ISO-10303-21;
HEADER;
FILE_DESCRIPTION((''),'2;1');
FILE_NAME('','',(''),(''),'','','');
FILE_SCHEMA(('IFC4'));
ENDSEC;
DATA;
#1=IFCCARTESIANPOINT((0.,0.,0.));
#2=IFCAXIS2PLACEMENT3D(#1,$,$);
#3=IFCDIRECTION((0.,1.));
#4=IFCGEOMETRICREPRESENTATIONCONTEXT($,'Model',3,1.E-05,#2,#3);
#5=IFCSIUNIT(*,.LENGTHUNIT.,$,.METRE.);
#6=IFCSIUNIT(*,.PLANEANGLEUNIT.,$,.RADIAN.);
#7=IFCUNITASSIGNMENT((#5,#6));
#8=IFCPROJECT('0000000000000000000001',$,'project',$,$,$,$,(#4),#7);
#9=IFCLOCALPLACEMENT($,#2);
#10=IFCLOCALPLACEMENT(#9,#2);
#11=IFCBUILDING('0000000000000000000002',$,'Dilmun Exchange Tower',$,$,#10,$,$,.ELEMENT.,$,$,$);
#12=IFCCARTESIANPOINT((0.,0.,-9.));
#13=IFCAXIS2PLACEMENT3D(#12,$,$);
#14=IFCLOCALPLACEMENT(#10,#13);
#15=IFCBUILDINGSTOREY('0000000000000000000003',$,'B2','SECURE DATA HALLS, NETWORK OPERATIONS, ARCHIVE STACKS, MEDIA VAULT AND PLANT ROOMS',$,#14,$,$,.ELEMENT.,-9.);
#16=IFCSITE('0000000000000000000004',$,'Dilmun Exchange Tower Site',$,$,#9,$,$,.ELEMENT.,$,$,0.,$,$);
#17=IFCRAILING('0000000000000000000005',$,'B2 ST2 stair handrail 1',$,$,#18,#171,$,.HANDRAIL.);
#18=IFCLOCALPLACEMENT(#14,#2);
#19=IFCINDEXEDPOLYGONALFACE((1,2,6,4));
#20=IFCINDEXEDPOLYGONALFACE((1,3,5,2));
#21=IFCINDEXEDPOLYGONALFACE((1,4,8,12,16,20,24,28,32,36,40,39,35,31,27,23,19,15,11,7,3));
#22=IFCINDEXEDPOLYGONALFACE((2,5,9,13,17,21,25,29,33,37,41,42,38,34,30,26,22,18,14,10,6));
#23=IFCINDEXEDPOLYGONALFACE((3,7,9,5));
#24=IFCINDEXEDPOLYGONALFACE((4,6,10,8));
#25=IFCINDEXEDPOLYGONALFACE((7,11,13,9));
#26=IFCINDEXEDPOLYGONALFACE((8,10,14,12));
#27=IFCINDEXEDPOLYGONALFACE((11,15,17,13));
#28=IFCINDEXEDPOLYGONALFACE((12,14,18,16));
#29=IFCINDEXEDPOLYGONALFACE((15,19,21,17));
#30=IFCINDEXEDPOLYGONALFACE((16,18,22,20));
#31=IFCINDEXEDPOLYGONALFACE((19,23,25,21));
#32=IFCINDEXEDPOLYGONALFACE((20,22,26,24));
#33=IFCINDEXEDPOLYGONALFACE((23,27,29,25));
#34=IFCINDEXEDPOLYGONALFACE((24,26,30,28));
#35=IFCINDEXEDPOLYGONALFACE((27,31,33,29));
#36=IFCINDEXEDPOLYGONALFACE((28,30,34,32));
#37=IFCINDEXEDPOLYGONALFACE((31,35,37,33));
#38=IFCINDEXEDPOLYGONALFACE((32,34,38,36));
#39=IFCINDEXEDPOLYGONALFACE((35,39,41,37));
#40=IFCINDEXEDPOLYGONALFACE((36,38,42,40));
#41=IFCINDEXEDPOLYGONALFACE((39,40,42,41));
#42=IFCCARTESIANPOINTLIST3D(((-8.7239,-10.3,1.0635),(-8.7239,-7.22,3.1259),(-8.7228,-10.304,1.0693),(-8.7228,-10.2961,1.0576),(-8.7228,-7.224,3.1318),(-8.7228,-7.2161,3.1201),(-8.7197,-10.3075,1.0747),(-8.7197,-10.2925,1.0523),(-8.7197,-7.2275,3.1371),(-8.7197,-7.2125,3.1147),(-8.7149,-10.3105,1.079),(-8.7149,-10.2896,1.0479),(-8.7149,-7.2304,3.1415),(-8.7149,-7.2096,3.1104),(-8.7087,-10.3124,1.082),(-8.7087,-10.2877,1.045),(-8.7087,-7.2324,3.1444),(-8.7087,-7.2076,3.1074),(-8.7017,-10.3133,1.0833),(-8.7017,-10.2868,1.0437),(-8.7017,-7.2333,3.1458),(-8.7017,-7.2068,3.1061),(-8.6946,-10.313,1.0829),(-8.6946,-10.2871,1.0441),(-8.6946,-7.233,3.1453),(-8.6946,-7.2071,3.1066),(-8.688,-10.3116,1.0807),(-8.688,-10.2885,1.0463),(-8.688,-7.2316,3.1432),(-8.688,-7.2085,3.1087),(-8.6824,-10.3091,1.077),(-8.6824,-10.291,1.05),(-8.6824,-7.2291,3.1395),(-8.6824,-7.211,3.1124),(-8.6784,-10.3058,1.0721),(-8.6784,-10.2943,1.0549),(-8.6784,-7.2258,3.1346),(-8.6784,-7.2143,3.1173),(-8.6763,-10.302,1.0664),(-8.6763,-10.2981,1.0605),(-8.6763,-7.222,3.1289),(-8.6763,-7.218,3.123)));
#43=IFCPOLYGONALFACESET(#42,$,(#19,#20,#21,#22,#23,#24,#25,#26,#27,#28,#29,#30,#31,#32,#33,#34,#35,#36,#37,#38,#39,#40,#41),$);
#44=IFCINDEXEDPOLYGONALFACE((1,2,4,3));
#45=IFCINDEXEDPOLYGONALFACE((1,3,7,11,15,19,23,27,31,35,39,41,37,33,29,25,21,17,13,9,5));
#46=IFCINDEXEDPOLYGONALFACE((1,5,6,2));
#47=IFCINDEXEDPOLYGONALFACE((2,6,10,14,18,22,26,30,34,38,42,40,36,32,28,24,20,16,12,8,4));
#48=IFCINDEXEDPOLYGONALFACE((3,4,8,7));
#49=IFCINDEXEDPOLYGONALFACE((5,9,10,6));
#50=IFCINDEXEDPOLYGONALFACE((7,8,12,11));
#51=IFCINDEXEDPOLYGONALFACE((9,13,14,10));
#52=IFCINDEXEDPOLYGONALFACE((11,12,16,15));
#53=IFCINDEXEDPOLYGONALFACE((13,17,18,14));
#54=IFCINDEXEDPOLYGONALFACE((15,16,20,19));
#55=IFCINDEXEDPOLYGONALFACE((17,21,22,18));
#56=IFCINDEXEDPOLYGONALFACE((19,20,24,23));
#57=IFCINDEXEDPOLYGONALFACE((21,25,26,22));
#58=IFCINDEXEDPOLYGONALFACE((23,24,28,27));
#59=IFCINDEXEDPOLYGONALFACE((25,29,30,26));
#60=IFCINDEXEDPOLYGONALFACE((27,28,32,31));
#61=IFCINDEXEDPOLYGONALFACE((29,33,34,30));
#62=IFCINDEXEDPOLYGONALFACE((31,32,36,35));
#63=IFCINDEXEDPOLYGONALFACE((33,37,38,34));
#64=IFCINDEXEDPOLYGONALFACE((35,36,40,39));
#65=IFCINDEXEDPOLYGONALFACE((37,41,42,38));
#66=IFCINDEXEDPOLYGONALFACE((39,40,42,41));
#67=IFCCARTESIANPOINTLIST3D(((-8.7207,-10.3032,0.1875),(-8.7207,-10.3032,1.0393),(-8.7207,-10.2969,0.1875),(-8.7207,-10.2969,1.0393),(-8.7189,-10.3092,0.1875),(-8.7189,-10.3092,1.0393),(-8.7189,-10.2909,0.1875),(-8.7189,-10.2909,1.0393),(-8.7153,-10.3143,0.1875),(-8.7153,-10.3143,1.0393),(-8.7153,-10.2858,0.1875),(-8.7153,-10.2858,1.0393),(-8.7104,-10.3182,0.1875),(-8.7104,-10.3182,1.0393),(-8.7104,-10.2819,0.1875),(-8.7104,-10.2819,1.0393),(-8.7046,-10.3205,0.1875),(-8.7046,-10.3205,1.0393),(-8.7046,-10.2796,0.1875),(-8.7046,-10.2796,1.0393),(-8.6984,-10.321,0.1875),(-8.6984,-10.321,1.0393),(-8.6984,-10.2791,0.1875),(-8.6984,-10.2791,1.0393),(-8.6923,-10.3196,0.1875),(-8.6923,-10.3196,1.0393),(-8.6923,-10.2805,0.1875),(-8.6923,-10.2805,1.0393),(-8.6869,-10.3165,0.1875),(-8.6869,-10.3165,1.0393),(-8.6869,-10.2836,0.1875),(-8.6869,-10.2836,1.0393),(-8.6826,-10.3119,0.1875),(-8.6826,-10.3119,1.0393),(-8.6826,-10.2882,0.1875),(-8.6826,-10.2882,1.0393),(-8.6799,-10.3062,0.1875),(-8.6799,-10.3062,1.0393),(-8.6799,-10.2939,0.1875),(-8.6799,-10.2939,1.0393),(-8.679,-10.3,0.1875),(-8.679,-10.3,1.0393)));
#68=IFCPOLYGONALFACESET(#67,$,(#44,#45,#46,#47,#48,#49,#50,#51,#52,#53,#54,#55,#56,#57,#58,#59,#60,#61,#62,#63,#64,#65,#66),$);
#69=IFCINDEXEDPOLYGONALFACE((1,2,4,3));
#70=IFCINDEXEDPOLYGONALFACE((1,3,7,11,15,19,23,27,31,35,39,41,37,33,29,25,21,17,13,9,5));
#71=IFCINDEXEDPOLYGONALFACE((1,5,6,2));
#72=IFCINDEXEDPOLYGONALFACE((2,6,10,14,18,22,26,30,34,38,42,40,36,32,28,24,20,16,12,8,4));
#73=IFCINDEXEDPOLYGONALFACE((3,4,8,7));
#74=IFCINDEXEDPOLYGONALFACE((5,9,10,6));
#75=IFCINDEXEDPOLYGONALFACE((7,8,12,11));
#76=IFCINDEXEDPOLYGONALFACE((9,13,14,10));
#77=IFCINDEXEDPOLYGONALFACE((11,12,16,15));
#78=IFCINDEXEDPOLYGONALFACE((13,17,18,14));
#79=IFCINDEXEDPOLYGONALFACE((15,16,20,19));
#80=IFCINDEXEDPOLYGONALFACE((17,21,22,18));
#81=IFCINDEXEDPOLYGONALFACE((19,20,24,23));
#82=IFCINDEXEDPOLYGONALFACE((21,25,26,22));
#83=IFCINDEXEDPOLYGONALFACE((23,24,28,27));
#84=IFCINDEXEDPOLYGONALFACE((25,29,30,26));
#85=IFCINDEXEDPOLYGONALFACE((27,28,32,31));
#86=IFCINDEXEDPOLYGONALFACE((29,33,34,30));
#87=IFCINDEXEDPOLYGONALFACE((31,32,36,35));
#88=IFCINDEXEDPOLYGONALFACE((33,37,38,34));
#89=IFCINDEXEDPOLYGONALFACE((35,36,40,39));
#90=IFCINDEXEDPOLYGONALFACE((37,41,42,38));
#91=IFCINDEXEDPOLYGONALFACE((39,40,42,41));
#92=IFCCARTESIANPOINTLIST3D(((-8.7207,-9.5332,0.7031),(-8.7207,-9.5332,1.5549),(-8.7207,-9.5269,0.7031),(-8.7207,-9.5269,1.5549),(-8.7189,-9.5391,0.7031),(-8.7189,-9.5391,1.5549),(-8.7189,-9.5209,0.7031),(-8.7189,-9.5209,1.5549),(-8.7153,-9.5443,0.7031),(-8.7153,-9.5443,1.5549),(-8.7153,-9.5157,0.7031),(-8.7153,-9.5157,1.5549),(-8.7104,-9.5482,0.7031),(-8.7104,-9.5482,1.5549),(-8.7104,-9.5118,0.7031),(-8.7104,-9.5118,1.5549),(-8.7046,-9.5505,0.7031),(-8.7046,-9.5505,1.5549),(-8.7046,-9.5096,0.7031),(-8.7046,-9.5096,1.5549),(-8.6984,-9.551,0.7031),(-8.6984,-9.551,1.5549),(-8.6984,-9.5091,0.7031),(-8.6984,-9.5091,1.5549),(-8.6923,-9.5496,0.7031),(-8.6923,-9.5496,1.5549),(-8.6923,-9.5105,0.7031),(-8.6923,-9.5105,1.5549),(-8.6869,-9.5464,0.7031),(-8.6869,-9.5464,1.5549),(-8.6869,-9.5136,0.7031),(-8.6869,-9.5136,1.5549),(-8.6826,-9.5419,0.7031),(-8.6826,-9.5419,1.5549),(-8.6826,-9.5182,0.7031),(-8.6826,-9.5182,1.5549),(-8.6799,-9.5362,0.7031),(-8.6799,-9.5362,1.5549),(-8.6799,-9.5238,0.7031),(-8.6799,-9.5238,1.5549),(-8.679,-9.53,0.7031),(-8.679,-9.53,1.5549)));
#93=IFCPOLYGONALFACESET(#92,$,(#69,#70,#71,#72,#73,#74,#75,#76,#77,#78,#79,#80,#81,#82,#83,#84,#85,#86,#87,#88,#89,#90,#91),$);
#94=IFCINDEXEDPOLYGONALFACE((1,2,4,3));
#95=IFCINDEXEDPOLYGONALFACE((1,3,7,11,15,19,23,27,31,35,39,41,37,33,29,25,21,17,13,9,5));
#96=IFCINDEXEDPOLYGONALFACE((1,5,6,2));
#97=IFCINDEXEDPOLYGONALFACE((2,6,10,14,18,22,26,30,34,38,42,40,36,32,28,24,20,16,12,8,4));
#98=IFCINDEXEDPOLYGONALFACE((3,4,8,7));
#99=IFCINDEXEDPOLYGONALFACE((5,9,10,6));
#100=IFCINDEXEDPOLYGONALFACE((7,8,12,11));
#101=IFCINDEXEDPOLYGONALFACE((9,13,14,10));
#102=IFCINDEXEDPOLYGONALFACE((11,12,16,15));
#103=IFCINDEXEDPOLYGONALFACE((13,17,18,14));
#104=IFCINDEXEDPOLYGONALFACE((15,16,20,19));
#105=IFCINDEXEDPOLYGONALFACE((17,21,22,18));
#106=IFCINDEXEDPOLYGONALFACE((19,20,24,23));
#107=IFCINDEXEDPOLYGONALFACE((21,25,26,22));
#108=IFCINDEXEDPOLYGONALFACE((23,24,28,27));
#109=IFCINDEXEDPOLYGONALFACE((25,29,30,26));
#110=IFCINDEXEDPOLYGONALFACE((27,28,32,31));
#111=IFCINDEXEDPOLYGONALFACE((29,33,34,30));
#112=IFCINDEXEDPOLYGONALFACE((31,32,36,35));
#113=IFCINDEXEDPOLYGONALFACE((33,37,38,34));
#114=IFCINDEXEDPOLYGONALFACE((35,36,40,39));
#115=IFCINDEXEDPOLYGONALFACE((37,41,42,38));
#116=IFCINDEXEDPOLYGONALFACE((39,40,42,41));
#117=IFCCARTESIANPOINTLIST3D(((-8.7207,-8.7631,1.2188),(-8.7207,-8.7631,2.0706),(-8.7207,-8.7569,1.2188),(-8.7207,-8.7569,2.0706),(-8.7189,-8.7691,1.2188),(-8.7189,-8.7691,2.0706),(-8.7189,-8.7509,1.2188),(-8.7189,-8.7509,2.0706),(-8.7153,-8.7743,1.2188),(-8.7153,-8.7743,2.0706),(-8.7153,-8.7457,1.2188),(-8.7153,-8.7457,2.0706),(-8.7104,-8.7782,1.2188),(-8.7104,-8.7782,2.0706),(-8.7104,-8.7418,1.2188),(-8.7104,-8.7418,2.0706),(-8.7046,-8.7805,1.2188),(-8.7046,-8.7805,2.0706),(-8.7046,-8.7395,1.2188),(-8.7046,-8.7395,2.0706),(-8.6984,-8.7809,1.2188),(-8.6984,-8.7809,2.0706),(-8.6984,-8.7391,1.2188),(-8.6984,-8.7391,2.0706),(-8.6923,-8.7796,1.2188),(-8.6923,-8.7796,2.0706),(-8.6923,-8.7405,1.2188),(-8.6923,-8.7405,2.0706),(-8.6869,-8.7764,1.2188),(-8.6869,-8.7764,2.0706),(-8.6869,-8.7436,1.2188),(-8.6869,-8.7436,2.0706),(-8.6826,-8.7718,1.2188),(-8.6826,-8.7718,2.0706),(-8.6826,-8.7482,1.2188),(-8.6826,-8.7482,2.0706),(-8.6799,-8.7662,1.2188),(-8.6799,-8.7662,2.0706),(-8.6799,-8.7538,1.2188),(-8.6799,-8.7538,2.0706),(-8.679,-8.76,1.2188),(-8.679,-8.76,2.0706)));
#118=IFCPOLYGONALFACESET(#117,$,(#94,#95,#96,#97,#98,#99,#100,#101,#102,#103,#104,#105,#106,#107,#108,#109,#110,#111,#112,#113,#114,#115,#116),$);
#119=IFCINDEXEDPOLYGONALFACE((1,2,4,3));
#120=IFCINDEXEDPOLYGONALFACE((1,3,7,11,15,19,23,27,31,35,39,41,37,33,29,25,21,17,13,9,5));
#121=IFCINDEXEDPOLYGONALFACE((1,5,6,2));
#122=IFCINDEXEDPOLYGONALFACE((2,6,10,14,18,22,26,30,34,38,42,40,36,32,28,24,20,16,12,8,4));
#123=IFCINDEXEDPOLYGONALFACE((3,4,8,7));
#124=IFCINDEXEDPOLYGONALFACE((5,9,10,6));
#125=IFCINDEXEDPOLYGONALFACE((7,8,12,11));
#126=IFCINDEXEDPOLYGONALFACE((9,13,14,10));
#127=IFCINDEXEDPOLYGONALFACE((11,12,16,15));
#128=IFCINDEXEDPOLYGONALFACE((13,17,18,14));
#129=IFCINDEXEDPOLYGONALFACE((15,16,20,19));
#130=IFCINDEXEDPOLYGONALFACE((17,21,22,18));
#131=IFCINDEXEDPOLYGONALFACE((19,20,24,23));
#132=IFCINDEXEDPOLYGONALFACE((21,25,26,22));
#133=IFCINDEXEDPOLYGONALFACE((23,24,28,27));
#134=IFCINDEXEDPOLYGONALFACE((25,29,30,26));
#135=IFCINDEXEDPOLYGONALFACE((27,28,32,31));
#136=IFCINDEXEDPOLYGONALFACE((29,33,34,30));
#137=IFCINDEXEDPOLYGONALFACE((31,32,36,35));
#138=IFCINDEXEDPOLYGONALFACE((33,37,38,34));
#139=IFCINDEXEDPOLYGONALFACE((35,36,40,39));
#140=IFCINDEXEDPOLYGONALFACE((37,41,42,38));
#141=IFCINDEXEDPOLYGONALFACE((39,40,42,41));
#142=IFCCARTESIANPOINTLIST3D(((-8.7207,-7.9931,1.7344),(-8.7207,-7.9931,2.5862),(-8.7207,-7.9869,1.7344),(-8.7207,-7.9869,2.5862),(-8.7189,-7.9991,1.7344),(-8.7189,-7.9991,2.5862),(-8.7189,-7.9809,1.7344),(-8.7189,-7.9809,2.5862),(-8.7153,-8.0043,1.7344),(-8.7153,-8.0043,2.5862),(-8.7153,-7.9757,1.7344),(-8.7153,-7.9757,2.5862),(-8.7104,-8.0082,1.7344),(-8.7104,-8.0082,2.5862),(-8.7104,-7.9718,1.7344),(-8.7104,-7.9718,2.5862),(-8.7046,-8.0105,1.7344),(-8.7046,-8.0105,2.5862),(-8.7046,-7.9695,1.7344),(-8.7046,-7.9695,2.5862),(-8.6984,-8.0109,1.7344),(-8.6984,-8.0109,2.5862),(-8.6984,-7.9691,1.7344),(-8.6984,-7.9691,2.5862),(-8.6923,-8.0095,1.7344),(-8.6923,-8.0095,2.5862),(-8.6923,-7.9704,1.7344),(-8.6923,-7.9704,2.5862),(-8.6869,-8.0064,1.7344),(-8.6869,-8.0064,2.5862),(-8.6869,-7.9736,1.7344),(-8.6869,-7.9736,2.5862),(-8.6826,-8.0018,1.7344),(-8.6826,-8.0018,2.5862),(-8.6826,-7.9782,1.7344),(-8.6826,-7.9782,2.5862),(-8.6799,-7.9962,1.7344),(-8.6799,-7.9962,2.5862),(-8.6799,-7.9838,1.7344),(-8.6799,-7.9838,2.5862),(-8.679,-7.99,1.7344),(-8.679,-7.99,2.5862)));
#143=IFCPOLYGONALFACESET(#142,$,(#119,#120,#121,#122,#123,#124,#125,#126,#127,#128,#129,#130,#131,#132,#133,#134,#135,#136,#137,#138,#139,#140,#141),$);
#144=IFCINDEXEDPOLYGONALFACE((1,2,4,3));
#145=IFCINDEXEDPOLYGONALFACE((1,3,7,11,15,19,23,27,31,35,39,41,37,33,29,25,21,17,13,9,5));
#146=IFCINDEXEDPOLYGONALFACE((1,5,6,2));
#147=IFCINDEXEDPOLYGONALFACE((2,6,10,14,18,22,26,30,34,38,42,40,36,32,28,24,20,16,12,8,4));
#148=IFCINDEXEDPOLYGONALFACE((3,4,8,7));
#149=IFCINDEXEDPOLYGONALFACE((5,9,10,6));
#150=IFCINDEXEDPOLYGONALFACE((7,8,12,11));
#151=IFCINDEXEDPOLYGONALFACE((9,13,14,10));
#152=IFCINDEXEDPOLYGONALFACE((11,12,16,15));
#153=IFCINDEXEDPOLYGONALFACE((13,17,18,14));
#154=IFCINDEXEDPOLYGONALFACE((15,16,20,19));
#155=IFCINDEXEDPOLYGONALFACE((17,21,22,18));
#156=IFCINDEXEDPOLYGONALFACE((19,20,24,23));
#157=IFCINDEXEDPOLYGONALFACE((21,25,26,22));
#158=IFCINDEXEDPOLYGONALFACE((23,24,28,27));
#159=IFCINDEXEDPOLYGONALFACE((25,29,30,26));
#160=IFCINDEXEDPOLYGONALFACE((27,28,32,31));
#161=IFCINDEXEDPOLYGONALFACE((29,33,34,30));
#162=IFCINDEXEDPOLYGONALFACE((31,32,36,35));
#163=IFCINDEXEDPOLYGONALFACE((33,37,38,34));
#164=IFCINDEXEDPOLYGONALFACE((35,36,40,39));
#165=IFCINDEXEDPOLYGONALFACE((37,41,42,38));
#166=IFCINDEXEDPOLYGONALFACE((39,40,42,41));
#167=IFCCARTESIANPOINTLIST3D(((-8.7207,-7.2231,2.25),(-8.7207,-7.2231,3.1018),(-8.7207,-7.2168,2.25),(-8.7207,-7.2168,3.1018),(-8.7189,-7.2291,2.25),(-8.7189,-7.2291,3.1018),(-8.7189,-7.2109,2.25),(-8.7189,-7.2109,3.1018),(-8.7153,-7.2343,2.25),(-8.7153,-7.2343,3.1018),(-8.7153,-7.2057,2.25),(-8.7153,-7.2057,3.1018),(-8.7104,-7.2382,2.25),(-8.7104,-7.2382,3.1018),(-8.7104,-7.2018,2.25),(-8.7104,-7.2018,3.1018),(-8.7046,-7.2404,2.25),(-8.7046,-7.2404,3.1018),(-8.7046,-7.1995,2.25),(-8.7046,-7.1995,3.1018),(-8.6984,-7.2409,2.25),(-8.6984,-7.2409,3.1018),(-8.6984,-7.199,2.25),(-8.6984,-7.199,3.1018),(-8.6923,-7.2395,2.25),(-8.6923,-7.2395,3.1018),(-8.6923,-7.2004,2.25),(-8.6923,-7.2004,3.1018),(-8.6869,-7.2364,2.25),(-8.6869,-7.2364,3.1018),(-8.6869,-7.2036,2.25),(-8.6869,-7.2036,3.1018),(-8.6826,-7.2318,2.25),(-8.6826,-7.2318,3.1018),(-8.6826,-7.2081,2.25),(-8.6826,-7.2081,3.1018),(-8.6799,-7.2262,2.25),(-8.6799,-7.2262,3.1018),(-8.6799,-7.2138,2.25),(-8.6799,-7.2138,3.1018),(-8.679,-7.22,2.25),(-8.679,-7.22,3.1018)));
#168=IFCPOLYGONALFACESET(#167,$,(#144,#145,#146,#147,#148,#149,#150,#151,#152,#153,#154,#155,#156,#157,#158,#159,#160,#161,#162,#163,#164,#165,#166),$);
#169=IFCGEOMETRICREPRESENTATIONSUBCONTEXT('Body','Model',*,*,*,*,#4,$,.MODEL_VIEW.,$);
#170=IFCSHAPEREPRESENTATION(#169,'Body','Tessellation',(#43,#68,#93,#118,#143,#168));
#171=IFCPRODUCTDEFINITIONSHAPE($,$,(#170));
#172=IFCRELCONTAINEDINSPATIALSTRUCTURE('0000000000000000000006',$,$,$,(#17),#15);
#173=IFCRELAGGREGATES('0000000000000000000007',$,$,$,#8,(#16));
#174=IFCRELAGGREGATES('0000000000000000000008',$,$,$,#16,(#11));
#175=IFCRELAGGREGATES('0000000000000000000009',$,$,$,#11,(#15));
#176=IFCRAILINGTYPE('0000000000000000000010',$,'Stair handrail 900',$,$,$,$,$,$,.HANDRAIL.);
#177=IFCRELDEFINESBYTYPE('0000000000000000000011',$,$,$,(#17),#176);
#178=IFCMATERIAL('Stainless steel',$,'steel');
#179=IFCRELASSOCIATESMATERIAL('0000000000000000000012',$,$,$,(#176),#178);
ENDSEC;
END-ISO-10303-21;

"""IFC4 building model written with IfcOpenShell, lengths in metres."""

from ifc_helpers import new_model, si_unit, direction, frame, origin, origin_2d, place, context, subcontext, project, spatial, circle, extrude, material, type_object, element, save


model = new_model("IFC4")

# Units and contexts
model_context = context("Model", 3, precision=1e-05, world=origin(), true_north=direction((0.0, 1.0)))
body_context = subcontext(model_context, "Body", "Model", "MODEL_VIEW")
ifc_project = project(units=[si_unit("LENGTHUNIT", "METRE"), si_unit("PLANEANGLEUNIT", "RADIAN")], contexts=[model_context])

# Site, building, storey
site_placement = place(None, origin())
site = spatial("IfcSite", under=ifc_project, at=site_placement, Name="Dilmun Exchange Tower Site", CompositionType="ELEMENT", RefElevation=0.0)
building_placement = place(site_placement, origin())
building = spatial("IfcBuilding", under=site, at=building_placement, Name="Dilmun Exchange Tower", CompositionType="ELEMENT")
storey_placement = place(building_placement, frame((0.0, 0.0, -9.0)))
storey = spatial("IfcBuildingStorey", under=building, at=storey_placement, Name="B2", Description="SECURE DATA HALLS, NETWORK OPERATIONS, ARCHIVE STACKS, MEDIA VAULT AND PLANT ROOMS", CompositionType="ELEMENT", Elevation=-9.0)

# Railing
ifc_material_1 = material(Name="Stainless steel", Category="steel")
railing_type = type_object("IfcRailingType", Name="Stair handrail 900", PredefinedType="HANDRAIL", material=ifc_material_1)
railing_1_placement = place(storey_placement, frame((-8.7, -10.3, 0.1875)))
element("IfcRailing", 1, at=railing_1_placement, inside=storey, type_object=railing_type, Name="B2 ST2 stair handrail 1", PredefinedType="HANDRAIL", context=body_context, shape_type="SweptSolid", body=[
    extrude(circle(Radius=0.0239, at=origin_2d()), frame((0.0, 0.0, 0.876), z_axis=(0.0, 0.830914, 0.556401), x_axis=(-1.0, 0.0, 0.0)), (0.0, 0.0, 1.0), 3.7068),
    extrude(circle(Radius=0.021, at=origin_2d()), origin(), (0.0, 0.0, 1.0), 0.8518),
    extrude(circle(Radius=0.021, at=origin_2d()), frame((0.0, 0.77, 0.5156)), (0.0, 0.0, 1.0), 0.8518),
    extrude(circle(Radius=0.021, at=origin_2d()), frame((0.0, 1.54, 1.0312)), (0.0, 0.0, 1.0), 0.8518),
    extrude(circle(Radius=0.021, at=origin_2d()), frame((0.0, 2.3101, 1.5469)), (0.0, 0.0, 1.0), 0.8518),
    extrude(circle(Radius=0.021, at=origin_2d()), frame((0.0, 3.0801, 2.0625)), (0.0, 0.0, 1.0), 0.8518),
])

save(model, "model.ifc")
